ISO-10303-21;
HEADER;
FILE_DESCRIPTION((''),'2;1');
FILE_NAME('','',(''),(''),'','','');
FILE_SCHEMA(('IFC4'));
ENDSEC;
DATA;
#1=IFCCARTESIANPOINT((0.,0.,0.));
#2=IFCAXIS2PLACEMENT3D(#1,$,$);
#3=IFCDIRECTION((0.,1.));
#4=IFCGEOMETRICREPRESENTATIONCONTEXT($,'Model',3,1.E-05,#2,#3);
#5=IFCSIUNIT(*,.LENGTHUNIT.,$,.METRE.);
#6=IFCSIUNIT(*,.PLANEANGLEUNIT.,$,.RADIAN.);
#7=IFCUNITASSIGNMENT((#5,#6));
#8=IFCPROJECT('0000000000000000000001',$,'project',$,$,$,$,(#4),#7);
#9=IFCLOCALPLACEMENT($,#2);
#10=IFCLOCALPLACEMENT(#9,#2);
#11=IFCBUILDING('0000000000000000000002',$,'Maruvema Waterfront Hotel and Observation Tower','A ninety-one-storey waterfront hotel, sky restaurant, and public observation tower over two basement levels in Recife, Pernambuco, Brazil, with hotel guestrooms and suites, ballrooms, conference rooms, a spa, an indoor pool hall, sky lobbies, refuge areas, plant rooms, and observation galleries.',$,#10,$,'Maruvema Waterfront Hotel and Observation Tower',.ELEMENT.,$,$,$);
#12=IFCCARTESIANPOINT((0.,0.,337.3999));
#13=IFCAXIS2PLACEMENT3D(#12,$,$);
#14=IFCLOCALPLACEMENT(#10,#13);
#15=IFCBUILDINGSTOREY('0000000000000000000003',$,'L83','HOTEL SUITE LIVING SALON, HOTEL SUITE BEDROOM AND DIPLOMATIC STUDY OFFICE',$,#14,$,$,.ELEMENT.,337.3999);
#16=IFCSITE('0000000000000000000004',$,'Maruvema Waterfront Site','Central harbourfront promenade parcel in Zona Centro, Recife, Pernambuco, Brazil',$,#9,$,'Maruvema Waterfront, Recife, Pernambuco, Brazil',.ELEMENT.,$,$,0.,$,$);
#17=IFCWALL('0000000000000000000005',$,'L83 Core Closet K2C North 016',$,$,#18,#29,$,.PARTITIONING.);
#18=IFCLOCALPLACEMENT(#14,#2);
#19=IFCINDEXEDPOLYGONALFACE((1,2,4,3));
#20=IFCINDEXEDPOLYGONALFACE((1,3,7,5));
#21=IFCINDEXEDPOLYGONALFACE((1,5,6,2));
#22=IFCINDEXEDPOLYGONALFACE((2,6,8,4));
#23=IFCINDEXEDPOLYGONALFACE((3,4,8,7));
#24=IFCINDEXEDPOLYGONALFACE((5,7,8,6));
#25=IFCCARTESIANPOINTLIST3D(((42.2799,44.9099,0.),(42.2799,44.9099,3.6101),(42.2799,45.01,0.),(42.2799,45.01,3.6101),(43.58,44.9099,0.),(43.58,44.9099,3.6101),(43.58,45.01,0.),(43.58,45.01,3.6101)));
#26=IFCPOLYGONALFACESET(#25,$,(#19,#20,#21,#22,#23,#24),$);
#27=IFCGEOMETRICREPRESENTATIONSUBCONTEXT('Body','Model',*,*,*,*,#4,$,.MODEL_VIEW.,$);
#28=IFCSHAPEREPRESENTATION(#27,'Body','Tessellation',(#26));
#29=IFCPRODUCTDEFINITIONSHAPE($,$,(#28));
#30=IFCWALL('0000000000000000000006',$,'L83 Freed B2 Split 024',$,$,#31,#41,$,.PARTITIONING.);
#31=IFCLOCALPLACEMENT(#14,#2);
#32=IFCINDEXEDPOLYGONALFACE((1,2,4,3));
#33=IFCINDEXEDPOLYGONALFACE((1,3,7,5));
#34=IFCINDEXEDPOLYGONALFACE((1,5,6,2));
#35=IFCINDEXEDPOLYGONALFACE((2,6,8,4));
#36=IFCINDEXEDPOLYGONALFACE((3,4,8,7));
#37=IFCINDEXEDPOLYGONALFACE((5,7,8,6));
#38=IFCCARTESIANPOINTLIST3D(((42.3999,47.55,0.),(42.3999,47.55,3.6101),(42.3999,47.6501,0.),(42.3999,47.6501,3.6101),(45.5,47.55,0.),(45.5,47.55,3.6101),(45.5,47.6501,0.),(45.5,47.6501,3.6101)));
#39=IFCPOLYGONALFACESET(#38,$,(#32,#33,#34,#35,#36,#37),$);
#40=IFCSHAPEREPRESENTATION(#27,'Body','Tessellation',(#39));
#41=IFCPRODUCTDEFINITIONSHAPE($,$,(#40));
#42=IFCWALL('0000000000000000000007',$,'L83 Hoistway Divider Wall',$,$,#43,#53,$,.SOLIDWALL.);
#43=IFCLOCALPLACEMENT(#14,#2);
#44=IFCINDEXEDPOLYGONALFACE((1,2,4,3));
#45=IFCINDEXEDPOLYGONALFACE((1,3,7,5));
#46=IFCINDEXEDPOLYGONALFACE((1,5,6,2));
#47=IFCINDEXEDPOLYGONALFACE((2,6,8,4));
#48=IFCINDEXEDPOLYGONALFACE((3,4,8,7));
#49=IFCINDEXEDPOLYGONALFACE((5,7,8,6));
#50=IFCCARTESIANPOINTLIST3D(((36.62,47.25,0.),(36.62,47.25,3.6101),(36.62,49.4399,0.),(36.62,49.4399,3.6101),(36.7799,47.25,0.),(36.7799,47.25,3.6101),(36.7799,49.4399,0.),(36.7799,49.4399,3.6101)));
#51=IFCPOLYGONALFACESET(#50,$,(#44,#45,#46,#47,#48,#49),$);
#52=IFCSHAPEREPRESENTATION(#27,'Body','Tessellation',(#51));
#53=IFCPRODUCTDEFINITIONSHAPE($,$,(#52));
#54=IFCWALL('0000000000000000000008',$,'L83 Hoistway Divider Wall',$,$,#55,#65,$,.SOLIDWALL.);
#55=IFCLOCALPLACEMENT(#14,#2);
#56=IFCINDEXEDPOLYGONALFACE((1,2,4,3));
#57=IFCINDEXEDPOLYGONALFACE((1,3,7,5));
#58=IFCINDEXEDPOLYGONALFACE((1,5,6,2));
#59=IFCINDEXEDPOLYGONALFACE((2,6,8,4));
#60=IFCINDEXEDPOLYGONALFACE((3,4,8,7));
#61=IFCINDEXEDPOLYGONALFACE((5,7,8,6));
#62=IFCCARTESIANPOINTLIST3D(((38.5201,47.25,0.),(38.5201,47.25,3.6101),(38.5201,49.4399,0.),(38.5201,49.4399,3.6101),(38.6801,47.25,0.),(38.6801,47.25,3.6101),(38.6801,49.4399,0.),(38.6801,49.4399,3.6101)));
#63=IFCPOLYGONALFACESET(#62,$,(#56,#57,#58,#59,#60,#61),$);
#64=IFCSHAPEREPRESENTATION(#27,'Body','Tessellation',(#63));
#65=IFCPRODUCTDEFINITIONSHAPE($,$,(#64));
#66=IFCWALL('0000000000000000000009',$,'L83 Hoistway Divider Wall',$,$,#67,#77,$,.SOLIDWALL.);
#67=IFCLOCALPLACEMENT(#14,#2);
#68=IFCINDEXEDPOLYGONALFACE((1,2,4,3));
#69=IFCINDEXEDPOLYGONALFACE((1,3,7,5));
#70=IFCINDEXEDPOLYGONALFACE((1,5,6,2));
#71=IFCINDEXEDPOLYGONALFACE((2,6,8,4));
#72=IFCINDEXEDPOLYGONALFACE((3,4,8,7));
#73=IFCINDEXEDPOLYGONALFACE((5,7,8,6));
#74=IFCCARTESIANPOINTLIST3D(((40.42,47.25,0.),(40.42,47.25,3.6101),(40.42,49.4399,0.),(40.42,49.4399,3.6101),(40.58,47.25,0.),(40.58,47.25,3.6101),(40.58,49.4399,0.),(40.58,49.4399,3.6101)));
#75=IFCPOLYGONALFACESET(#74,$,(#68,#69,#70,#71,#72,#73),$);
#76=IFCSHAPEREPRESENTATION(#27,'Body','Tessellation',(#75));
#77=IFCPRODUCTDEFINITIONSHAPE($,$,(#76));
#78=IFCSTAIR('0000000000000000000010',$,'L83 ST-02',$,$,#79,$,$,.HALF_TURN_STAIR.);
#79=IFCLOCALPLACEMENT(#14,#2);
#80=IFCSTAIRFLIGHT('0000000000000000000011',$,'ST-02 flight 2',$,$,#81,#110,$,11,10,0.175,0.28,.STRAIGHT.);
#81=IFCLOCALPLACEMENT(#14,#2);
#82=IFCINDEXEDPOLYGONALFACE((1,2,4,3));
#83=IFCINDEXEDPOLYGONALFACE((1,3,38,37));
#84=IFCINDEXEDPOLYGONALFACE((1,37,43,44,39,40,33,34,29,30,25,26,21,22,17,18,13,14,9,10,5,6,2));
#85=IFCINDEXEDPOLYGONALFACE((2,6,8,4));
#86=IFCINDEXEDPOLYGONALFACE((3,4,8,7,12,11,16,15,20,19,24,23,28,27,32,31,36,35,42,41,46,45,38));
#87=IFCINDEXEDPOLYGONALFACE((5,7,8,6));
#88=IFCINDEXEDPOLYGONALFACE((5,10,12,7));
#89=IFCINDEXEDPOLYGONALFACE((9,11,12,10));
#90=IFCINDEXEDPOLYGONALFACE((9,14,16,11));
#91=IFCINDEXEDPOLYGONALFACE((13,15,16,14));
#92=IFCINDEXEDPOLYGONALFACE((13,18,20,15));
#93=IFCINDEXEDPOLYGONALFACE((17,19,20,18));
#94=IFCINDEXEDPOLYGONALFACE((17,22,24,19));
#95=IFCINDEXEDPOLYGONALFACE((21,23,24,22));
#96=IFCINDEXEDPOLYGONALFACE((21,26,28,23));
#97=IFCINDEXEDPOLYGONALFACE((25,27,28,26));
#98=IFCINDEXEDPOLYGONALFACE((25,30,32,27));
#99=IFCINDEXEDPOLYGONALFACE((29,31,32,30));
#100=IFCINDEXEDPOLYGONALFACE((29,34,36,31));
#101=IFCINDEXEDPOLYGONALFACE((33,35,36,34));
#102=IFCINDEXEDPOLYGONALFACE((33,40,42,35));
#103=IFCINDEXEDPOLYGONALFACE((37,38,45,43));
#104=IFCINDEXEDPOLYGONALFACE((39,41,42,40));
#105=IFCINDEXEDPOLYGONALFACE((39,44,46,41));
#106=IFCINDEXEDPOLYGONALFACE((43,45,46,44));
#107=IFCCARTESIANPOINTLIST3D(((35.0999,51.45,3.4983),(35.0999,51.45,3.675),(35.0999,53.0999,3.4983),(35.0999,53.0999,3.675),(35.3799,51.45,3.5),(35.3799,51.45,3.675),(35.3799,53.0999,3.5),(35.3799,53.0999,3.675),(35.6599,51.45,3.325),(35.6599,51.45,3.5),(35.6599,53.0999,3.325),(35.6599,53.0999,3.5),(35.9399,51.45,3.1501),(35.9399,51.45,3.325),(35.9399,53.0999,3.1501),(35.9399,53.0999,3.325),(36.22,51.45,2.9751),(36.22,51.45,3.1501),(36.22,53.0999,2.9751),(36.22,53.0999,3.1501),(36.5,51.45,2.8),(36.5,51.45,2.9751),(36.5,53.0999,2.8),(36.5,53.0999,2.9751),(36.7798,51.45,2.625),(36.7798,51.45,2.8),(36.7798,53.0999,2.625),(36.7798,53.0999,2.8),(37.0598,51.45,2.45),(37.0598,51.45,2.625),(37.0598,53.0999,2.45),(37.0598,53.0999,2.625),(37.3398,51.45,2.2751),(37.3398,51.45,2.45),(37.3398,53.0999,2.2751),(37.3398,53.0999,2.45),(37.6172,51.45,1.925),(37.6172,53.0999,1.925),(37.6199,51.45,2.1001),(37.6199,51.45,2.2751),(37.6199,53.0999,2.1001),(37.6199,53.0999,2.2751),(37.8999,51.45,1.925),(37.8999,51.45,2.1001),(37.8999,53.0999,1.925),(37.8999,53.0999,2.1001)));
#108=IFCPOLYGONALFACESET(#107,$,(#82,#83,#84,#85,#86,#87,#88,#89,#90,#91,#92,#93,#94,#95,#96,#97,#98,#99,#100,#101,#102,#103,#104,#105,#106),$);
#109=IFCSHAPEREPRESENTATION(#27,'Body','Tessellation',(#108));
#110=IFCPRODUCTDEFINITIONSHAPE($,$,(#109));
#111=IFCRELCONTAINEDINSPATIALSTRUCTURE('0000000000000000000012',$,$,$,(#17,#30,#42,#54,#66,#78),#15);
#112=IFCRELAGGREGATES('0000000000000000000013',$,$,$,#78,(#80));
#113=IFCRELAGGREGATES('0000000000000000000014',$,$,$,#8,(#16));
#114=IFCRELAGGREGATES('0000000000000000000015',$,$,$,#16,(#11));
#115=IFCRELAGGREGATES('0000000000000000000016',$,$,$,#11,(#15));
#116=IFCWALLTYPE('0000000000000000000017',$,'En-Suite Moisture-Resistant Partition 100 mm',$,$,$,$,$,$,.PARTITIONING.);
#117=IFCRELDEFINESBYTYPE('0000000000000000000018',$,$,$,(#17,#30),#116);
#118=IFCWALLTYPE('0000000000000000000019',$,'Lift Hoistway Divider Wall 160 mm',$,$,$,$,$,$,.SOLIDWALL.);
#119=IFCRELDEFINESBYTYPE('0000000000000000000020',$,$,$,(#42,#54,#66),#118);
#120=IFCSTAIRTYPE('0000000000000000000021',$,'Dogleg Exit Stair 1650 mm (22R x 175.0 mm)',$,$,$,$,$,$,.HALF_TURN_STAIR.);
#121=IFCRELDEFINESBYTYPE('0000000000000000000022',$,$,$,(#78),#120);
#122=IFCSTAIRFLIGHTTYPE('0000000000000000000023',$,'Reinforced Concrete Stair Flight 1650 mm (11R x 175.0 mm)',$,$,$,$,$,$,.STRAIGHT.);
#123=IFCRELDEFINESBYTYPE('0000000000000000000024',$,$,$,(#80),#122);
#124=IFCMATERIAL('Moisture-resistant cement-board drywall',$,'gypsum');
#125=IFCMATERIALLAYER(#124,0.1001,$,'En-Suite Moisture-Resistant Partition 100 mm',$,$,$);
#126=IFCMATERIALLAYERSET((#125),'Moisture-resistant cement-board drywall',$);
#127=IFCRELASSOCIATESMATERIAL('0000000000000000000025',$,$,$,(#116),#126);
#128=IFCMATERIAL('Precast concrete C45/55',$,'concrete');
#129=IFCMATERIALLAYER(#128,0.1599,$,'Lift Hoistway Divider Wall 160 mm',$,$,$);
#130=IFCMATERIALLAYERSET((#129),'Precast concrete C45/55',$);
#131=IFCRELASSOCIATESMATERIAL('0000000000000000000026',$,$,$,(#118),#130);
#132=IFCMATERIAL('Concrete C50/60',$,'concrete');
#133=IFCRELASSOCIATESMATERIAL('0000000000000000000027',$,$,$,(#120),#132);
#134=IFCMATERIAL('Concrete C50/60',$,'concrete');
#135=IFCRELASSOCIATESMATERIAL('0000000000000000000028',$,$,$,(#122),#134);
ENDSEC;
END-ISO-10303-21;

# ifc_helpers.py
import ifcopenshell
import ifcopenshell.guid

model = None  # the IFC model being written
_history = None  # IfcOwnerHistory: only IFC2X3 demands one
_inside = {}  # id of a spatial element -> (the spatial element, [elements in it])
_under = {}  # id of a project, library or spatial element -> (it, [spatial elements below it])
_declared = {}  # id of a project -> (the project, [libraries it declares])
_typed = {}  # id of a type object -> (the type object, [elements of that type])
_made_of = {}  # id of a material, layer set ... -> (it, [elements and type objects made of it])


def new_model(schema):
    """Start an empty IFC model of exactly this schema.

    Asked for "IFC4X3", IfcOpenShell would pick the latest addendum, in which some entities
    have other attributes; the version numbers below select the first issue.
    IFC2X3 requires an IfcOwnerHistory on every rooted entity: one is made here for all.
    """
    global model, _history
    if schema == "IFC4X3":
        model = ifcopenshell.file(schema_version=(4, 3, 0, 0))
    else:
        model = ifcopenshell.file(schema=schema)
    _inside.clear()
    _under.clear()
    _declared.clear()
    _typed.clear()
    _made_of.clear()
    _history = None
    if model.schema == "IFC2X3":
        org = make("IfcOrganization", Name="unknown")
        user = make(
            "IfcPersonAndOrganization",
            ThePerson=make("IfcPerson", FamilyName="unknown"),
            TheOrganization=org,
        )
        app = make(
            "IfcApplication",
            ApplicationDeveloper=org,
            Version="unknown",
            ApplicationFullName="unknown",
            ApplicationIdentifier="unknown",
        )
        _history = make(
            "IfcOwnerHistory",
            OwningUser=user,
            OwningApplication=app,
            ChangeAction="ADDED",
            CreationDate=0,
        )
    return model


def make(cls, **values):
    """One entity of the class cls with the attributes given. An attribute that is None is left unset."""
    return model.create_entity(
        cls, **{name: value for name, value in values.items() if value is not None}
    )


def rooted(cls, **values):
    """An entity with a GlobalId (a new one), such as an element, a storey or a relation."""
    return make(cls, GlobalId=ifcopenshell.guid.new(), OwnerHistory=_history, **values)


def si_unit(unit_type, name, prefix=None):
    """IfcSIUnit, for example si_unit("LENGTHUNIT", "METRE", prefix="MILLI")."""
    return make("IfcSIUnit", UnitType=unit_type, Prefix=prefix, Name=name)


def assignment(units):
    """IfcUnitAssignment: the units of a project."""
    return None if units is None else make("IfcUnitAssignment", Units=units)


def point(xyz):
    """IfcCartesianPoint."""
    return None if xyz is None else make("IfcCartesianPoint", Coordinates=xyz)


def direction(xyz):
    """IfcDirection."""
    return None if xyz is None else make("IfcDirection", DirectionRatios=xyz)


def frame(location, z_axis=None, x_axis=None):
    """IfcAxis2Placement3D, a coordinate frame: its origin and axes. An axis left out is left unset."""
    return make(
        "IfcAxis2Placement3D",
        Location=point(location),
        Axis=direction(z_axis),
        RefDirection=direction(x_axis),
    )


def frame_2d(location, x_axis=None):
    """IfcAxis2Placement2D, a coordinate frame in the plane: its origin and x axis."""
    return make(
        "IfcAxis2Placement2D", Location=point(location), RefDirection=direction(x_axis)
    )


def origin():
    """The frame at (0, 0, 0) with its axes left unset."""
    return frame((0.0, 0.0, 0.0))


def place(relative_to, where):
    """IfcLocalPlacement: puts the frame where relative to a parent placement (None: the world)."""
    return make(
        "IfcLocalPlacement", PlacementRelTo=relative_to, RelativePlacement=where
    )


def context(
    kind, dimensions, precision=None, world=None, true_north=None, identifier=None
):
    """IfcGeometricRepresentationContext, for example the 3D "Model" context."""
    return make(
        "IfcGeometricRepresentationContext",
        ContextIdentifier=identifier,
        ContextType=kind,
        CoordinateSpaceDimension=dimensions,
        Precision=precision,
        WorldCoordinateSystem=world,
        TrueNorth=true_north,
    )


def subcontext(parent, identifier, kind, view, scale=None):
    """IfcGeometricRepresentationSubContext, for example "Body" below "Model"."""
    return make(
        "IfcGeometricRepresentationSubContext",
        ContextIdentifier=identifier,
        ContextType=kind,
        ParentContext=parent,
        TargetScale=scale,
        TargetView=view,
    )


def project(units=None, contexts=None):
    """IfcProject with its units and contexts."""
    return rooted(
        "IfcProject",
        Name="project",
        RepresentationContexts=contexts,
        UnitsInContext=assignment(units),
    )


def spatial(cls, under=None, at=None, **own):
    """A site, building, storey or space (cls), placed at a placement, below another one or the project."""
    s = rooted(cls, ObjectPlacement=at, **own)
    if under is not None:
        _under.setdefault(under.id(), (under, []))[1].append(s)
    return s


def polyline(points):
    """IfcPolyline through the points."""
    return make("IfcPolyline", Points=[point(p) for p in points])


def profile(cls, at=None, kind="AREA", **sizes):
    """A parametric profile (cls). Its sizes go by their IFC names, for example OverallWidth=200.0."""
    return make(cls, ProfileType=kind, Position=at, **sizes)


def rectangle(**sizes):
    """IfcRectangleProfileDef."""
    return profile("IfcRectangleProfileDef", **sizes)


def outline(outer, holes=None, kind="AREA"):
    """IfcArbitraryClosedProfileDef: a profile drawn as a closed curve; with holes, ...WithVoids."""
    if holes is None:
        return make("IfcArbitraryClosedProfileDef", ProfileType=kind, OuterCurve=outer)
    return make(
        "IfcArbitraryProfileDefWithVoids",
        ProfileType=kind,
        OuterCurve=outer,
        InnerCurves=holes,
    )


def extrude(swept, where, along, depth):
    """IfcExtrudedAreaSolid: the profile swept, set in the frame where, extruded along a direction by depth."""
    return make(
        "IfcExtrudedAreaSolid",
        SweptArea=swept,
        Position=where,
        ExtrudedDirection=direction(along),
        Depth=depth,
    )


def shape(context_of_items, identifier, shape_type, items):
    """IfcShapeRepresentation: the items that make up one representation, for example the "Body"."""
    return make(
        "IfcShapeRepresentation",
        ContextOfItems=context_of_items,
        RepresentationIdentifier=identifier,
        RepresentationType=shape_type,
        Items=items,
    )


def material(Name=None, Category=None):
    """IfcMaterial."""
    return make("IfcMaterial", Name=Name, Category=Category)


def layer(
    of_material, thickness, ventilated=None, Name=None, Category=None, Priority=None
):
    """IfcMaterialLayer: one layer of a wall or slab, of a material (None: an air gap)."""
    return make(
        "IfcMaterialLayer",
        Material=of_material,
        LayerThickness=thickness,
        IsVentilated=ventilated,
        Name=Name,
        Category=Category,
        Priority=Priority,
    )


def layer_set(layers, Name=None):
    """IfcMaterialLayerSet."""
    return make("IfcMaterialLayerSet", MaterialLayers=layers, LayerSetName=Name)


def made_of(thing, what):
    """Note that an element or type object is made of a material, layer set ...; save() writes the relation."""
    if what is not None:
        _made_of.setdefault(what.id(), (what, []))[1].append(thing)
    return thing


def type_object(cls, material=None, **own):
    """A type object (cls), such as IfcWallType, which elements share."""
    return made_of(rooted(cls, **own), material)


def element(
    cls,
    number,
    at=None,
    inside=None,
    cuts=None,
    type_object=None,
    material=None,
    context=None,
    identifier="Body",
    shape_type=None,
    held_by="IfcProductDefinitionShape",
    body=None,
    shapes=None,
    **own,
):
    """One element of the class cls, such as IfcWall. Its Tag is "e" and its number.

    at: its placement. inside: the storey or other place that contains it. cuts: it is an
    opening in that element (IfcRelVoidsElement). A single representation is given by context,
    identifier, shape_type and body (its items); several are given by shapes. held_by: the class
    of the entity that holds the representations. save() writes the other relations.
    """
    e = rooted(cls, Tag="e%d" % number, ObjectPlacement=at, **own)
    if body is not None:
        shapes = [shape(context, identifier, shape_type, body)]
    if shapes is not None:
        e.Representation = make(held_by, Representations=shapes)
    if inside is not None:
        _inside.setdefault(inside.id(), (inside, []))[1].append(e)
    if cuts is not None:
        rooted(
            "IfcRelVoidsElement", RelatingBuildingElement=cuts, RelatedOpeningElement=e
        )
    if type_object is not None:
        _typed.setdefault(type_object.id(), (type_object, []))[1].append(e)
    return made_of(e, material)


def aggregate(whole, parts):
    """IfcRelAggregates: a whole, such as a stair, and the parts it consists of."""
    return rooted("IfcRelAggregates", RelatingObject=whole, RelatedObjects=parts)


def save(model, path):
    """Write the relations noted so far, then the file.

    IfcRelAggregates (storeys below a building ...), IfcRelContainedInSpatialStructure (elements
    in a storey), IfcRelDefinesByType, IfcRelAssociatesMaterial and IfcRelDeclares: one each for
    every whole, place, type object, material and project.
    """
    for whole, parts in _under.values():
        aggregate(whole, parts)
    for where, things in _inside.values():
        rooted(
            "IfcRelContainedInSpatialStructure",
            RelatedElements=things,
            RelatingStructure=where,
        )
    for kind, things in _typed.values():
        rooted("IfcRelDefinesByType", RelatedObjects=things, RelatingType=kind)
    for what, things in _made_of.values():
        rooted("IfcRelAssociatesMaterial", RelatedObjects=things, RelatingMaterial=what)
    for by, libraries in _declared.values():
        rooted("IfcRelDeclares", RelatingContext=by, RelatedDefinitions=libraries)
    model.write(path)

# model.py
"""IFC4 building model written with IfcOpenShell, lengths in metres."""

from ifc_helpers import new_model, si_unit, direction, frame, frame_2d, origin, place, context, subcontext, project, spatial, polyline, rectangle, outline, extrude, material, layer, layer_set, type_object, element, aggregate, save


model = new_model("IFC4")

# Units and contexts
model_context = context("Model", 3, precision=1e-05, world=origin(), true_north=direction((0.0, 1.0)))
body_context = subcontext(model_context, "Body", "Model", "MODEL_VIEW")
ifc_project = project(units=[si_unit("LENGTHUNIT", "METRE"), si_unit("PLANEANGLEUNIT", "RADIAN")], contexts=[model_context])

# Site, building, storey
site_placement = place(None, origin())
site = spatial("IfcSite", under=ifc_project, at=site_placement, Name="Maruvema Waterfront Site", Description="Central harbourfront promenade parcel in Zona Centro, Recife, Pernambuco, Brazil", LongName="Maruvema Waterfront, Recife, Pernambuco, Brazil", CompositionType="ELEMENT", RefElevation=0.0)
building_placement = place(site_placement, origin())
building = spatial("IfcBuilding", under=site, at=building_placement, Name="Maruvema Waterfront Hotel and Observation Tower", Description="A ninety-one-storey waterfront hotel, sky restaurant, and public observation tower over two basement levels in Recife, Pernambuco, Brazil, with hotel guestrooms and suites, ballrooms, conference rooms, a spa, an indoor pool hall, sky lobbies, refuge areas, plant rooms, and observation galleries.", LongName="Maruvema Waterfront Hotel and Observation Tower", CompositionType="ELEMENT")
storey_placement = place(building_placement, frame((0.0, 0.0, 337.3999)))
storey = spatial("IfcBuildingStorey", under=building, at=storey_placement, Name="L83", Description="HOTEL SUITE LIVING SALON, HOTEL SUITE BEDROOM AND DIPLOMATIC STUDY OFFICE", CompositionType="ELEMENT", Elevation=337.3999)

# Shared definitions
ifc_material_1 = material(Name="Moisture-resistant cement-board drywall", Category="gypsum")
ifc_layer_1 = layer(ifc_material_1, 0.1001, Name="En-Suite Moisture-Resistant Partition 100 mm")
ifc_layer_set_1 = layer_set([ifc_layer_1], Name="Moisture-resistant cement-board drywall")
wall_type_1 = type_object("IfcWallType", Name="En-Suite Moisture-Resistant Partition 100 mm", PredefinedType="PARTITIONING", material=ifc_layer_set_1)

# Walls
wall_1_placement = place(storey_placement, frame((42.28, 44.96, 0.0), z_axis=(0.0, 0.0, 1.0), x_axis=(1.0, 0.0, 0.0)))
element("IfcWall", 1, at=wall_1_placement, inside=storey, type_object=wall_type_1, Name="L83 Core Closet K2C North 016", PredefinedType="PARTITIONING", context=body_context, shape_type="SweptSolid", body=[
    extrude(rectangle(XDim=1.3, YDim=0.1001, at=frame_2d((0.6499, 0.0))), origin(), (0.0, 0.0, 1.0), 3.6101),
])
wall_2_placement = place(storey_placement, frame((42.3999, 47.6001, 0.0), z_axis=(0.0, 0.0, 1.0), x_axis=(1.0, 0.0, 0.0)))
element("IfcWall", 2, at=wall_2_placement, inside=storey, type_object=wall_type_1, Name="L83 Freed B2 Split 024", PredefinedType="PARTITIONING", context=body_context, shape_type="SweptSolid", body=[
    extrude(rectangle(XDim=3.1001, YDim=0.1001, at=frame_2d((1.55, 0.0))), origin(), (0.0, 0.0, 1.0), 3.6101),
])
ifc_material_2 = material(Name="Precast concrete C45/55", Category="concrete")
ifc_layer_2 = layer(ifc_material_2, 0.1599, Name="Lift Hoistway Divider Wall 160 mm")
ifc_layer_set_2 = layer_set([ifc_layer_2], Name="Precast concrete C45/55")
wall_type_2 = type_object("IfcWallType", Name="Lift Hoistway Divider Wall 160 mm", PredefinedType="SOLIDWALL", material=ifc_layer_set_2)
for number, where, z_axis, x_axis, name in (
    (3, (36.7, 47.25, 0.0), (0.0, 0.0, 1.0), (0.0, 1.0, 0.0), "L83 Hoistway Divider Wall"),
    (4, (38.6001, 47.25, 0.0), (0.0, 0.0, 1.0), (0.0, 1.0, 0.0), "L83 Hoistway Divider Wall"),
    (5, (40.5, 47.25, 0.0), (0.0, 0.0, 1.0), (0.0, 1.0, 0.0), "L83 Hoistway Divider Wall"),
):
    element("IfcWall", number, at=place(storey_placement, frame(where, z_axis=z_axis, x_axis=x_axis)), inside=storey, type_object=wall_type_2, Name=name, PredefinedType="SOLIDWALL", context=body_context, shape_type="SweptSolid", body=[
        extrude(rectangle(XDim=2.1899, YDim=0.1599, at=frame_2d((1.095, 0.0))), origin(), (0.0, 0.0, 1.0), 3.6101),
    ])

# Stair, stair flight
ifc_material_3 = material(Name="Concrete C50/60", Category="concrete")
stair_type = type_object("IfcStairType", Name="Dogleg Exit Stair 1650 mm (22R x 175.0 mm)", PredefinedType="HALF_TURN_STAIR", material=ifc_material_3)
stair_placement = place(storey_placement, origin())
stair = element("IfcStair", 6, at=stair_placement, inside=storey, type_object=stair_type, Name="L83 ST-02", PredefinedType="HALF_TURN_STAIR")
ifc_material_4 = material(Name="Concrete C50/60", Category="concrete")
stair_flight_type = type_object("IfcStairFlightType", Name="Reinforced Concrete Stair Flight 1650 mm (11R x 175.0 mm)", PredefinedType="STRAIGHT", material=ifc_material_4)
stair_flight_placement = place(storey_placement, frame((37.8999, 52.2749, 1.925), z_axis=(0.0, 0.0, 1.0), x_axis=(-1.0, 0.0, 0.0)))
stair_flight = element("IfcStairFlight", 7, at=stair_flight_placement, type_object=stair_flight_type, Name="ST-02 flight 2", NumberOfRisers=11, NumberOfTreads=10, PredefinedType="STRAIGHT", RiserHeight=0.175, TreadLength=0.28, context=body_context, shape_type="SweptSolid", body=[
    extrude(outline(polyline([(0.0, 0.0), (0.0, 0.175), (0.28, 0.175), (0.28, 0.3501), (0.5601, 0.3501), (0.5601, 0.5249), (0.8401, 0.5249), (0.8401, 0.7), (1.1201, 0.7), (1.1201, 0.875), (1.3999, 0.875), (1.3999, 1.05), (1.6799, 1.05), (1.6799, 1.2251), (1.96, 1.2251), (1.96, 1.3999), (2.24, 1.3999), (2.24, 1.575), (2.52, 1.575), (2.52, 1.75), (2.8, 1.75), (2.8, 1.925), (2.8, 1.5732), (0.2827, 0.0), (0.0, 0.0)])), frame((0.0, 0.825, 0.0), z_axis=(0.0, -1.0, 0.0), x_axis=(1.0, 0.0, 0.0)), (0.0, 0.0, 1.0), 1.6499),
])
aggregate(stair, [stair_flight])

save(model, "model.ifc")
